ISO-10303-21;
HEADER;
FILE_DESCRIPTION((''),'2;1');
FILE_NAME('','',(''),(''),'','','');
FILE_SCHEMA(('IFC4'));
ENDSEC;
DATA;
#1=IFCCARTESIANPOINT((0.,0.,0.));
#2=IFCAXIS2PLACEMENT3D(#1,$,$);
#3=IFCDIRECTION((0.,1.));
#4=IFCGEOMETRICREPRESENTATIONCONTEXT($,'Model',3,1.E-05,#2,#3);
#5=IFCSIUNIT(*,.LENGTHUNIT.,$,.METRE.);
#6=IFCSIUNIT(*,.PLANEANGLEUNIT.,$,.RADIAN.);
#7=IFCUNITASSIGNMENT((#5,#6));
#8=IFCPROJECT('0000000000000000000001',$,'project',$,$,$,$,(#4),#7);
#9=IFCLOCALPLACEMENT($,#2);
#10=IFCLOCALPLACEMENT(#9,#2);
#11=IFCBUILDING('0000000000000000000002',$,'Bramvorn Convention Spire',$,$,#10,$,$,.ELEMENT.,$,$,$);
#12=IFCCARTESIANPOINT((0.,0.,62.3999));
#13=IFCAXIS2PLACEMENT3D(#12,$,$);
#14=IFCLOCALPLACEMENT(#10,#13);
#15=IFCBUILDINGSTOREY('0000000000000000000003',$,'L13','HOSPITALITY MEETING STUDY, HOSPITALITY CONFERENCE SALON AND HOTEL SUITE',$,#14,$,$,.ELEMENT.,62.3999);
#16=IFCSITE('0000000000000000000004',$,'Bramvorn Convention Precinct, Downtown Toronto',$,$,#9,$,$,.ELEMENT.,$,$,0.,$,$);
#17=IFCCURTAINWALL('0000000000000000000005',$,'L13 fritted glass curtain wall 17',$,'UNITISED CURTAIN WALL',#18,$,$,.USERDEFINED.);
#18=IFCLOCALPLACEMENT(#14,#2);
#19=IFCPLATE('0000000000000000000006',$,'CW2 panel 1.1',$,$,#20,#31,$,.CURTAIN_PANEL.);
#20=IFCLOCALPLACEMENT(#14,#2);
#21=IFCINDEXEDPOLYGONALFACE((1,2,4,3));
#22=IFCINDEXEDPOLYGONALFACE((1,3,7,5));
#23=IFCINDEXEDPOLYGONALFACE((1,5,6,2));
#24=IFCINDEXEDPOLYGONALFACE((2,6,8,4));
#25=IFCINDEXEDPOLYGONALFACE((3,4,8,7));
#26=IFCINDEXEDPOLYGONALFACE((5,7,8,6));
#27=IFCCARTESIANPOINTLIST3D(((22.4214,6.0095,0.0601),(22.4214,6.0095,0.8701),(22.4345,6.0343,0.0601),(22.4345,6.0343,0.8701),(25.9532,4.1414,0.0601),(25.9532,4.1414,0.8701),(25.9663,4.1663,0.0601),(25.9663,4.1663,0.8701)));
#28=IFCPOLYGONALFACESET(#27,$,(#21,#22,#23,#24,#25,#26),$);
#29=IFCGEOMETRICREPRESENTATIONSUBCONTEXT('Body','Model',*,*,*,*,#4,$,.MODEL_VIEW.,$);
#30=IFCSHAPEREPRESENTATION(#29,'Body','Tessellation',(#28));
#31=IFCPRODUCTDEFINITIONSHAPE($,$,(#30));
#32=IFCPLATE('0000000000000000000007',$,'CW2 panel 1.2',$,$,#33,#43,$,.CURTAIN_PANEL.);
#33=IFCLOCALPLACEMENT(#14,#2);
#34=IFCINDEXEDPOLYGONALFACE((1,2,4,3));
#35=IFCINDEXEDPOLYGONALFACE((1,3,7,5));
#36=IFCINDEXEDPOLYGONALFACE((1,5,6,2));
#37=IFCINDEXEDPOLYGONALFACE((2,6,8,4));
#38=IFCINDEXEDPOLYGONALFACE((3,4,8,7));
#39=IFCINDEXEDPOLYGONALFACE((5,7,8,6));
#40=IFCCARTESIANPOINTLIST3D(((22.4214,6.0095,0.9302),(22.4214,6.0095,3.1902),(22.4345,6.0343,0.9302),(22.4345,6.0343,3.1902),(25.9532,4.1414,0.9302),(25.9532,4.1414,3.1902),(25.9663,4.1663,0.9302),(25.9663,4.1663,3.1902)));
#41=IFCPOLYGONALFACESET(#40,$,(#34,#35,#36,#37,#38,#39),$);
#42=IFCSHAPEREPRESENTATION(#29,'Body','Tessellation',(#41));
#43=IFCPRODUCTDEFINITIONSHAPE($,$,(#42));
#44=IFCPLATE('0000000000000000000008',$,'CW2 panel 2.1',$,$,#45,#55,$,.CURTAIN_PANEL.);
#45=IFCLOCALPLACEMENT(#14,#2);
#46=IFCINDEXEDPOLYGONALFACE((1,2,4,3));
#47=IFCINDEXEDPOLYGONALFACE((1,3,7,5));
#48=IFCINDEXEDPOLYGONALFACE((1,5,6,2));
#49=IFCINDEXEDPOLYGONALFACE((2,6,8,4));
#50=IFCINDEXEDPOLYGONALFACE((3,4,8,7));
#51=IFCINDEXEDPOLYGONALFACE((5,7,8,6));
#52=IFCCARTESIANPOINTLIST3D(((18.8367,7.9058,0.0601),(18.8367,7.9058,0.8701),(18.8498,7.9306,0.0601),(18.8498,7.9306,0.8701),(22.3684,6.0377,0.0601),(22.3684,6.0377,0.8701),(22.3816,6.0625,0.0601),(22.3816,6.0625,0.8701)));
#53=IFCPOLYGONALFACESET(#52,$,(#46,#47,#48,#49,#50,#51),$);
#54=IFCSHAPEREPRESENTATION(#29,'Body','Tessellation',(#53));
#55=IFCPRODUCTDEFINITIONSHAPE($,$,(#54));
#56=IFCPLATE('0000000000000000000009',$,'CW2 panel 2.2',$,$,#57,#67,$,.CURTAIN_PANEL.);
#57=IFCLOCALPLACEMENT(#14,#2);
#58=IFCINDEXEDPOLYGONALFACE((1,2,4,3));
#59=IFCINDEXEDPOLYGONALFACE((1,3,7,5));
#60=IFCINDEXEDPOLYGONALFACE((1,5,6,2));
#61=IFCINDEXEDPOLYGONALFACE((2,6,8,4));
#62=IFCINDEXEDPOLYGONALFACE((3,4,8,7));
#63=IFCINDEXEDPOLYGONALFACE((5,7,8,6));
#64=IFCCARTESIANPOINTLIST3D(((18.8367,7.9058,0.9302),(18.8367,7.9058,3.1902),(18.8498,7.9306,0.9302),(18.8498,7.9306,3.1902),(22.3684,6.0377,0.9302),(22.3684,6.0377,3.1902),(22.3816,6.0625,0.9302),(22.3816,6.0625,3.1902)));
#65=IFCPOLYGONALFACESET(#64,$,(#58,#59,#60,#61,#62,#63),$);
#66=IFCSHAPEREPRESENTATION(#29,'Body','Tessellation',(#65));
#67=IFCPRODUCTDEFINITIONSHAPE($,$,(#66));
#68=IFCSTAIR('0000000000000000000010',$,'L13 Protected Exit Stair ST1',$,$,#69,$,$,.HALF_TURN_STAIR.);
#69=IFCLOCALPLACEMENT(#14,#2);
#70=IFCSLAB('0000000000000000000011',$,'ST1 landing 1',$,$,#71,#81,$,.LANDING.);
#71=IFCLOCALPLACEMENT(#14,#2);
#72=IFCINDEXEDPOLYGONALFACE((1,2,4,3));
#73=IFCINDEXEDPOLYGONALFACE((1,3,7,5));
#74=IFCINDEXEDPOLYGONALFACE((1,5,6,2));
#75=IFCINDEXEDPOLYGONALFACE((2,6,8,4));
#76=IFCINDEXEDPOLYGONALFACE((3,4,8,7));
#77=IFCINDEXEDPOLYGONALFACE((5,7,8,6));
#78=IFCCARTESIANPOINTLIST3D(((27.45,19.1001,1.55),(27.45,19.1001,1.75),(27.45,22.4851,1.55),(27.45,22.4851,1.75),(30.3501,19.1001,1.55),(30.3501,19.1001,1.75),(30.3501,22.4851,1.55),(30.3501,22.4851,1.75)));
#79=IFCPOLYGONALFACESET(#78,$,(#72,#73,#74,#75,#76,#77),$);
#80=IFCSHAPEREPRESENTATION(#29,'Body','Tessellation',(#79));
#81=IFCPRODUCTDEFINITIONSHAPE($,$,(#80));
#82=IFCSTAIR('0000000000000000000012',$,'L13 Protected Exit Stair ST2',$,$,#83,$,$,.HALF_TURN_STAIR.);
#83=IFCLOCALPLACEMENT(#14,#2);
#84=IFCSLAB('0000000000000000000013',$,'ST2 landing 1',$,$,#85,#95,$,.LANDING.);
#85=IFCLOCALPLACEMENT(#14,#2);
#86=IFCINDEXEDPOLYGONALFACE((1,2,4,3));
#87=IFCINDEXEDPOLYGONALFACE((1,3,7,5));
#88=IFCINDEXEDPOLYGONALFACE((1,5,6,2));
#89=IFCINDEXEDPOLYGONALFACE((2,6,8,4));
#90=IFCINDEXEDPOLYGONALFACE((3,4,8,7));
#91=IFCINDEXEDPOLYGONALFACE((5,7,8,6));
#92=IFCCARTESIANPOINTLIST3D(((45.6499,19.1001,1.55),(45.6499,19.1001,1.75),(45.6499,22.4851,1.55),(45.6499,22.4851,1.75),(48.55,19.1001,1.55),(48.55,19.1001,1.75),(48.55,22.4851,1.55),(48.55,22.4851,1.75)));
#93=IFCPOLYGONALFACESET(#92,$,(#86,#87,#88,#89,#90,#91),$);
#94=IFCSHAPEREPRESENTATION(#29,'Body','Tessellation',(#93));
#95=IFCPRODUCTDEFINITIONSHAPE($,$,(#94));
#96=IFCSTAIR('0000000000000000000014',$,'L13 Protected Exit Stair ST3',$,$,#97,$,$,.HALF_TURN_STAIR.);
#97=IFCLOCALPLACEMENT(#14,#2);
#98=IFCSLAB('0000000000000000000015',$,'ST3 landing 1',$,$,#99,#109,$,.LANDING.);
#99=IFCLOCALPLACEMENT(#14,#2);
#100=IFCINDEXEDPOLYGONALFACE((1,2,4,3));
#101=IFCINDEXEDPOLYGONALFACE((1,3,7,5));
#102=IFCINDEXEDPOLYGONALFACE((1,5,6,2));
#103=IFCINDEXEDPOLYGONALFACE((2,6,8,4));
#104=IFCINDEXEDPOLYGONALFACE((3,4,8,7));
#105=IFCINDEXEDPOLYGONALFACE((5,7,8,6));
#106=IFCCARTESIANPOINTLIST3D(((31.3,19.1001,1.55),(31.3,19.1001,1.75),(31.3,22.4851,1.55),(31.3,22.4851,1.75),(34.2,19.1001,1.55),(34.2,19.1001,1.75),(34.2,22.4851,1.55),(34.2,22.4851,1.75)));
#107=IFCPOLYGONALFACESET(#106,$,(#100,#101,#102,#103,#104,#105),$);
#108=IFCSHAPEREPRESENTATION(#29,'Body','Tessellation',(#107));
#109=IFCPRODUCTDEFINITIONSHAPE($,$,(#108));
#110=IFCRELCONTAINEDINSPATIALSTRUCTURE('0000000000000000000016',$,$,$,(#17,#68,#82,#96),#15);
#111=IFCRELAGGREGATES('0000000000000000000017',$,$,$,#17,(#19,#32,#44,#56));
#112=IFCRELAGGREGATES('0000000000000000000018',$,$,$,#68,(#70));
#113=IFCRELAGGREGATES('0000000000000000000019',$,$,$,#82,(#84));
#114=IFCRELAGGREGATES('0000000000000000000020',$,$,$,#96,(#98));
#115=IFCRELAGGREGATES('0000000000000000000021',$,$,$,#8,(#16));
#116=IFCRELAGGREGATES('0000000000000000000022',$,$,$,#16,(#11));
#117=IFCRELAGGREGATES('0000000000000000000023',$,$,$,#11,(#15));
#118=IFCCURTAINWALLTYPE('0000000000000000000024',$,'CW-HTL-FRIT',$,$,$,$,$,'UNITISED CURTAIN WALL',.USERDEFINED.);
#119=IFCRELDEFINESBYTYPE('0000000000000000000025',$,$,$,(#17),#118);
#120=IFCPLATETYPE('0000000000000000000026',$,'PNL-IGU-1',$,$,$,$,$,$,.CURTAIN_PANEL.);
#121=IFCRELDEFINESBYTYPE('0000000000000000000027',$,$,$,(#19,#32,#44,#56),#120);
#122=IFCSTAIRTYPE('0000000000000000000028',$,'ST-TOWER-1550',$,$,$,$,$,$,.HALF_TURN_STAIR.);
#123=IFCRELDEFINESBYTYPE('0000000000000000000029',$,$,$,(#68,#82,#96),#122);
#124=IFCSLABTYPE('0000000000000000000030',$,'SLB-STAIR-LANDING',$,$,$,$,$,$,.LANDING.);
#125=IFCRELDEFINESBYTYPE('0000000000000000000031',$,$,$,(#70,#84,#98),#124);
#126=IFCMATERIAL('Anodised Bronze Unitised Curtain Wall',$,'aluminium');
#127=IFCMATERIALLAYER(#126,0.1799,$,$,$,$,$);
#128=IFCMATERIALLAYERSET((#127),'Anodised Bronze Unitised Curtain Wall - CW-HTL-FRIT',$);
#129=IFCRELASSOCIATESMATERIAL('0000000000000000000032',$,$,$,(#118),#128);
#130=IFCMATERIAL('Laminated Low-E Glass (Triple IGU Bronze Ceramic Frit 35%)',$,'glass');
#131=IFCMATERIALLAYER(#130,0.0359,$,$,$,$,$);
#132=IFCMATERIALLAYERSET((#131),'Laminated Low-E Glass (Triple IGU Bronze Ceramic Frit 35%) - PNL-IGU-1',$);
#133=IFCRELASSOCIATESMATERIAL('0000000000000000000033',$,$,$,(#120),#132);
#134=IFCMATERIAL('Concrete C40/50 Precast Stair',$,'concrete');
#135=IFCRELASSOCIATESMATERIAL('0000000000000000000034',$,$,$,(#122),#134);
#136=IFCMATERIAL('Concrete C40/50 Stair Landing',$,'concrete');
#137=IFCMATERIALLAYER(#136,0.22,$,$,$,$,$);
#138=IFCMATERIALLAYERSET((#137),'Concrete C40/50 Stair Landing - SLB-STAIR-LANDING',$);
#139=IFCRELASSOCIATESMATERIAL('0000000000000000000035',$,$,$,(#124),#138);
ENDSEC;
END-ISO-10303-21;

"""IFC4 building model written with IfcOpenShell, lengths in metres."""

from ifc_helpers import new_model, si_unit, direction, frame, origin, origin_2d, place, context, subcontext, project, spatial, polyline, rectangle, outline, extrude, material, layer, layer_set, type_object, element, aggregate, save


model = new_model("IFC4")

# Units and contexts
model_context = context("Model", 3, precision=1e-05, world=origin(), true_north=direction((0.0, 1.0)))
body_context = subcontext(model_context, "Body", "Model", "MODEL_VIEW")
ifc_project = project(units=[si_unit("LENGTHUNIT", "METRE"), si_unit("PLANEANGLEUNIT", "RADIAN")], contexts=[model_context])

# Site, building, storey
site_placement = place(None, origin())
site = spatial("IfcSite", under=ifc_project, at=site_placement, Name="Bramvorn Convention Precinct, Downtown Toronto", CompositionType="ELEMENT", RefElevation=0.0)
building_placement = place(site_placement, origin())
building = spatial("IfcBuilding", under=site, at=building_placement, Name="Bramvorn Convention Spire", CompositionType="ELEMENT")
storey_placement = place(building_placement, frame((0.0, 0.0, 62.3999)))
storey = spatial("IfcBuildingStorey", under=building, at=storey_placement, Name="L13", Description="HOSPITALITY MEETING STUDY, HOSPITALITY CONFERENCE SALON AND HOTEL SUITE", CompositionType="ELEMENT", Elevation=62.3999)

# Curtain wall
ifc_material_1 = material(Name="Anodised Bronze Unitised Curtain Wall", Category="aluminium")
ifc_layer_1 = layer(ifc_material_1, 0.1799)
ifc_layer_set_1 = layer_set([ifc_layer_1], Name="Anodised Bronze Unitised Curtain Wall - CW-HTL-FRIT")
curtain_wall_type = type_object("IfcCurtainWallType", Name="CW-HTL-FRIT", ElementType="UNITISED CURTAIN WALL", PredefinedType="USERDEFINED", material=ifc_layer_set_1)
curtain_wall_1_placement = place(storey_placement, origin())
curtain_wall_1 = element("IfcCurtainWall", 1, at=curtain_wall_1_placement, inside=storey, type_object=curtain_wall_type, Name="L13 fritted glass curtain wall 17", ObjectType="UNITISED CURTAIN WALL", PredefinedType="USERDEFINED")

# Plates
ifc_material_2 = material(Name="Laminated Low-E Glass (Triple IGU Bronze Ceramic Frit 35%)", Category="glass")
ifc_layer_2 = layer(ifc_material_2, 0.0359)
ifc_layer_set_2 = layer_set([ifc_layer_2], Name="Laminated Low-E Glass (Triple IGU Bronze Ceramic Frit 35%) - PNL-IGU-1")
plate_type = type_object("IfcPlateType", Name="PNL-IGU-1", PredefinedType="CURTAIN_PANEL", material=ifc_layer_set_2)
plate_1_placement = place(storey_placement, frame((24.1938, 5.0879, 0.0601), z_axis=(0.0, 0.0, 1.0), x_axis=(-0.883961, 0.46756, 0.0)))
plate_1 = element("IfcPlate", 2, at=plate_1_placement, type_object=plate_type, Name="CW2 panel 1.1", PredefinedType="CURTAIN_PANEL", context=body_context, shape_type="SweptSolid", body=[
    extrude(rectangle(XDim=3.9954, YDim=0.0281, at=origin_2d()), origin(), (0.0, 0.0, 1.0), 0.8101),
])
plate_2_placement = place(storey_placement, frame((24.1938, 5.0879, 0.9302), z_axis=(0.0, 0.0, 1.0), x_axis=(-0.883961, 0.46756, 0.0)))
plate_2 = element("IfcPlate", 3, at=plate_2_placement, type_object=plate_type, Name="CW2 panel 1.2", PredefinedType="CURTAIN_PANEL", context=body_context, shape_type="SweptSolid", body=[
    extrude(rectangle(XDim=3.9954, YDim=0.0281, at=origin_2d()), origin(), (0.0, 0.0, 1.0), 2.26),
])
plate_3_placement = place(storey_placement, frame((20.6091, 6.9841, 0.0601), z_axis=(0.0, 0.0, 1.0), x_axis=(-0.883961, 0.46756, 0.0)))
plate_3 = element("IfcPlate", 4, at=plate_3_placement, type_object=plate_type, Name="CW2 panel 2.1", PredefinedType="CURTAIN_PANEL", context=body_context, shape_type="SweptSolid", body=[
    extrude(rectangle(XDim=3.9954, YDim=0.0281, at=origin_2d()), origin(), (0.0, 0.0, 1.0), 0.8101),
])
plate_4_placement = place(storey_placement, frame((20.6091, 6.9841, 0.9302), z_axis=(0.0, 0.0, 1.0), x_axis=(-0.883961, 0.46756, 0.0)))
plate_4 = element("IfcPlate", 5, at=plate_4_placement, type_object=plate_type, Name="CW2 panel 2.2", PredefinedType="CURTAIN_PANEL", context=body_context, shape_type="SweptSolid", body=[
    extrude(rectangle(XDim=3.9954, YDim=0.0281, at=origin_2d()), origin(), (0.0, 0.0, 1.0), 2.26),
])
aggregate(curtain_wall_1, [plate_1, plate_2, plate_3, plate_4])

# Stairs, slabs
ifc_material_3 = material(Name="Concrete C40/50 Precast Stair", Category="concrete")
stair_type = type_object("IfcStairType", Name="ST-TOWER-1550", PredefinedType="HALF_TURN_STAIR", material=ifc_material_3)
stair_1_placement = place(storey_placement, origin())
stair_1 = element("IfcStair", 6, at=stair_1_placement, inside=storey, type_object=stair_type, Name="L13 Protected Exit Stair ST1", PredefinedType="HALF_TURN_STAIR")
ifc_material_4 = material(Name="Concrete C40/50 Stair Landing", Category="concrete")
ifc_layer_3 = layer(ifc_material_4, 0.22)
ifc_layer_set_3 = layer_set([ifc_layer_3], Name="Concrete C40/50 Stair Landing - SLB-STAIR-LANDING")
slab_type_1 = type_object("IfcSlabType", Name="SLB-STAIR-LANDING", PredefinedType="LANDING", material=ifc_layer_set_3)
slab_1_placement = place(storey_placement, frame((0.0, 0.0, 1.55)))
slab_1 = element("IfcSlab", 7, at=slab_1_placement, type_object=slab_type_1, Name="ST1 landing 1", PredefinedType="LANDING", context=body_context, shape_type="SweptSolid", body=[
    extrude(outline(polyline([(27.45, 22.4851), (27.45, 19.1001), (30.3501, 19.1001), (30.3501, 22.4851), (27.45, 22.4851)])), origin(), (0.0, 0.0, 1.0), 0.2),
])
aggregate(stair_1, [slab_1])
stair_2_placement = place(storey_placement, origin())
stair_2 = element("IfcStair", 8, at=stair_2_placement, inside=storey, type_object=stair_type, Name="L13 Protected Exit Stair ST2", PredefinedType="HALF_TURN_STAIR")
slab_2_placement = place(storey_placement, frame((0.0, 0.0, 1.55)))
slab_2 = element("IfcSlab", 9, at=slab_2_placement, type_object=slab_type_1, Name="ST2 landing 1", PredefinedType="LANDING", context=body_context, shape_type="SweptSolid", body=[
    extrude(outline(polyline([(45.6499, 22.4851), (45.6499, 19.1001), (48.55, 19.1001), (48.55, 22.4851), (45.6499, 22.4851)])), origin(), (0.0, 0.0, 1.0), 0.2),
])
aggregate(stair_2, [slab_2])
stair_3_placement = place(storey_placement, origin())
stair_3 = element("IfcStair", 10, at=stair_3_placement, inside=storey, type_object=stair_type, Name="L13 Protected Exit Stair ST3", PredefinedType="HALF_TURN_STAIR")
slab_3_placement = place(storey_placement, frame((0.0, 0.0, 1.55)))
slab_3 = element("IfcSlab", 11, at=slab_3_placement, type_object=slab_type_1, Name="ST3 landing 1", PredefinedType="LANDING", context=body_context, shape_type="SweptSolid", body=[
    extrude(outline(polyline([(31.3, 22.4851), (31.3, 19.1001), (34.2, 19.1001), (34.2, 22.4851), (31.3, 22.4851)])), origin(), (0.0, 0.0, 1.0), 0.2),
])
aggregate(stair_3, [slab_3])

save(model, "model.ifc")
